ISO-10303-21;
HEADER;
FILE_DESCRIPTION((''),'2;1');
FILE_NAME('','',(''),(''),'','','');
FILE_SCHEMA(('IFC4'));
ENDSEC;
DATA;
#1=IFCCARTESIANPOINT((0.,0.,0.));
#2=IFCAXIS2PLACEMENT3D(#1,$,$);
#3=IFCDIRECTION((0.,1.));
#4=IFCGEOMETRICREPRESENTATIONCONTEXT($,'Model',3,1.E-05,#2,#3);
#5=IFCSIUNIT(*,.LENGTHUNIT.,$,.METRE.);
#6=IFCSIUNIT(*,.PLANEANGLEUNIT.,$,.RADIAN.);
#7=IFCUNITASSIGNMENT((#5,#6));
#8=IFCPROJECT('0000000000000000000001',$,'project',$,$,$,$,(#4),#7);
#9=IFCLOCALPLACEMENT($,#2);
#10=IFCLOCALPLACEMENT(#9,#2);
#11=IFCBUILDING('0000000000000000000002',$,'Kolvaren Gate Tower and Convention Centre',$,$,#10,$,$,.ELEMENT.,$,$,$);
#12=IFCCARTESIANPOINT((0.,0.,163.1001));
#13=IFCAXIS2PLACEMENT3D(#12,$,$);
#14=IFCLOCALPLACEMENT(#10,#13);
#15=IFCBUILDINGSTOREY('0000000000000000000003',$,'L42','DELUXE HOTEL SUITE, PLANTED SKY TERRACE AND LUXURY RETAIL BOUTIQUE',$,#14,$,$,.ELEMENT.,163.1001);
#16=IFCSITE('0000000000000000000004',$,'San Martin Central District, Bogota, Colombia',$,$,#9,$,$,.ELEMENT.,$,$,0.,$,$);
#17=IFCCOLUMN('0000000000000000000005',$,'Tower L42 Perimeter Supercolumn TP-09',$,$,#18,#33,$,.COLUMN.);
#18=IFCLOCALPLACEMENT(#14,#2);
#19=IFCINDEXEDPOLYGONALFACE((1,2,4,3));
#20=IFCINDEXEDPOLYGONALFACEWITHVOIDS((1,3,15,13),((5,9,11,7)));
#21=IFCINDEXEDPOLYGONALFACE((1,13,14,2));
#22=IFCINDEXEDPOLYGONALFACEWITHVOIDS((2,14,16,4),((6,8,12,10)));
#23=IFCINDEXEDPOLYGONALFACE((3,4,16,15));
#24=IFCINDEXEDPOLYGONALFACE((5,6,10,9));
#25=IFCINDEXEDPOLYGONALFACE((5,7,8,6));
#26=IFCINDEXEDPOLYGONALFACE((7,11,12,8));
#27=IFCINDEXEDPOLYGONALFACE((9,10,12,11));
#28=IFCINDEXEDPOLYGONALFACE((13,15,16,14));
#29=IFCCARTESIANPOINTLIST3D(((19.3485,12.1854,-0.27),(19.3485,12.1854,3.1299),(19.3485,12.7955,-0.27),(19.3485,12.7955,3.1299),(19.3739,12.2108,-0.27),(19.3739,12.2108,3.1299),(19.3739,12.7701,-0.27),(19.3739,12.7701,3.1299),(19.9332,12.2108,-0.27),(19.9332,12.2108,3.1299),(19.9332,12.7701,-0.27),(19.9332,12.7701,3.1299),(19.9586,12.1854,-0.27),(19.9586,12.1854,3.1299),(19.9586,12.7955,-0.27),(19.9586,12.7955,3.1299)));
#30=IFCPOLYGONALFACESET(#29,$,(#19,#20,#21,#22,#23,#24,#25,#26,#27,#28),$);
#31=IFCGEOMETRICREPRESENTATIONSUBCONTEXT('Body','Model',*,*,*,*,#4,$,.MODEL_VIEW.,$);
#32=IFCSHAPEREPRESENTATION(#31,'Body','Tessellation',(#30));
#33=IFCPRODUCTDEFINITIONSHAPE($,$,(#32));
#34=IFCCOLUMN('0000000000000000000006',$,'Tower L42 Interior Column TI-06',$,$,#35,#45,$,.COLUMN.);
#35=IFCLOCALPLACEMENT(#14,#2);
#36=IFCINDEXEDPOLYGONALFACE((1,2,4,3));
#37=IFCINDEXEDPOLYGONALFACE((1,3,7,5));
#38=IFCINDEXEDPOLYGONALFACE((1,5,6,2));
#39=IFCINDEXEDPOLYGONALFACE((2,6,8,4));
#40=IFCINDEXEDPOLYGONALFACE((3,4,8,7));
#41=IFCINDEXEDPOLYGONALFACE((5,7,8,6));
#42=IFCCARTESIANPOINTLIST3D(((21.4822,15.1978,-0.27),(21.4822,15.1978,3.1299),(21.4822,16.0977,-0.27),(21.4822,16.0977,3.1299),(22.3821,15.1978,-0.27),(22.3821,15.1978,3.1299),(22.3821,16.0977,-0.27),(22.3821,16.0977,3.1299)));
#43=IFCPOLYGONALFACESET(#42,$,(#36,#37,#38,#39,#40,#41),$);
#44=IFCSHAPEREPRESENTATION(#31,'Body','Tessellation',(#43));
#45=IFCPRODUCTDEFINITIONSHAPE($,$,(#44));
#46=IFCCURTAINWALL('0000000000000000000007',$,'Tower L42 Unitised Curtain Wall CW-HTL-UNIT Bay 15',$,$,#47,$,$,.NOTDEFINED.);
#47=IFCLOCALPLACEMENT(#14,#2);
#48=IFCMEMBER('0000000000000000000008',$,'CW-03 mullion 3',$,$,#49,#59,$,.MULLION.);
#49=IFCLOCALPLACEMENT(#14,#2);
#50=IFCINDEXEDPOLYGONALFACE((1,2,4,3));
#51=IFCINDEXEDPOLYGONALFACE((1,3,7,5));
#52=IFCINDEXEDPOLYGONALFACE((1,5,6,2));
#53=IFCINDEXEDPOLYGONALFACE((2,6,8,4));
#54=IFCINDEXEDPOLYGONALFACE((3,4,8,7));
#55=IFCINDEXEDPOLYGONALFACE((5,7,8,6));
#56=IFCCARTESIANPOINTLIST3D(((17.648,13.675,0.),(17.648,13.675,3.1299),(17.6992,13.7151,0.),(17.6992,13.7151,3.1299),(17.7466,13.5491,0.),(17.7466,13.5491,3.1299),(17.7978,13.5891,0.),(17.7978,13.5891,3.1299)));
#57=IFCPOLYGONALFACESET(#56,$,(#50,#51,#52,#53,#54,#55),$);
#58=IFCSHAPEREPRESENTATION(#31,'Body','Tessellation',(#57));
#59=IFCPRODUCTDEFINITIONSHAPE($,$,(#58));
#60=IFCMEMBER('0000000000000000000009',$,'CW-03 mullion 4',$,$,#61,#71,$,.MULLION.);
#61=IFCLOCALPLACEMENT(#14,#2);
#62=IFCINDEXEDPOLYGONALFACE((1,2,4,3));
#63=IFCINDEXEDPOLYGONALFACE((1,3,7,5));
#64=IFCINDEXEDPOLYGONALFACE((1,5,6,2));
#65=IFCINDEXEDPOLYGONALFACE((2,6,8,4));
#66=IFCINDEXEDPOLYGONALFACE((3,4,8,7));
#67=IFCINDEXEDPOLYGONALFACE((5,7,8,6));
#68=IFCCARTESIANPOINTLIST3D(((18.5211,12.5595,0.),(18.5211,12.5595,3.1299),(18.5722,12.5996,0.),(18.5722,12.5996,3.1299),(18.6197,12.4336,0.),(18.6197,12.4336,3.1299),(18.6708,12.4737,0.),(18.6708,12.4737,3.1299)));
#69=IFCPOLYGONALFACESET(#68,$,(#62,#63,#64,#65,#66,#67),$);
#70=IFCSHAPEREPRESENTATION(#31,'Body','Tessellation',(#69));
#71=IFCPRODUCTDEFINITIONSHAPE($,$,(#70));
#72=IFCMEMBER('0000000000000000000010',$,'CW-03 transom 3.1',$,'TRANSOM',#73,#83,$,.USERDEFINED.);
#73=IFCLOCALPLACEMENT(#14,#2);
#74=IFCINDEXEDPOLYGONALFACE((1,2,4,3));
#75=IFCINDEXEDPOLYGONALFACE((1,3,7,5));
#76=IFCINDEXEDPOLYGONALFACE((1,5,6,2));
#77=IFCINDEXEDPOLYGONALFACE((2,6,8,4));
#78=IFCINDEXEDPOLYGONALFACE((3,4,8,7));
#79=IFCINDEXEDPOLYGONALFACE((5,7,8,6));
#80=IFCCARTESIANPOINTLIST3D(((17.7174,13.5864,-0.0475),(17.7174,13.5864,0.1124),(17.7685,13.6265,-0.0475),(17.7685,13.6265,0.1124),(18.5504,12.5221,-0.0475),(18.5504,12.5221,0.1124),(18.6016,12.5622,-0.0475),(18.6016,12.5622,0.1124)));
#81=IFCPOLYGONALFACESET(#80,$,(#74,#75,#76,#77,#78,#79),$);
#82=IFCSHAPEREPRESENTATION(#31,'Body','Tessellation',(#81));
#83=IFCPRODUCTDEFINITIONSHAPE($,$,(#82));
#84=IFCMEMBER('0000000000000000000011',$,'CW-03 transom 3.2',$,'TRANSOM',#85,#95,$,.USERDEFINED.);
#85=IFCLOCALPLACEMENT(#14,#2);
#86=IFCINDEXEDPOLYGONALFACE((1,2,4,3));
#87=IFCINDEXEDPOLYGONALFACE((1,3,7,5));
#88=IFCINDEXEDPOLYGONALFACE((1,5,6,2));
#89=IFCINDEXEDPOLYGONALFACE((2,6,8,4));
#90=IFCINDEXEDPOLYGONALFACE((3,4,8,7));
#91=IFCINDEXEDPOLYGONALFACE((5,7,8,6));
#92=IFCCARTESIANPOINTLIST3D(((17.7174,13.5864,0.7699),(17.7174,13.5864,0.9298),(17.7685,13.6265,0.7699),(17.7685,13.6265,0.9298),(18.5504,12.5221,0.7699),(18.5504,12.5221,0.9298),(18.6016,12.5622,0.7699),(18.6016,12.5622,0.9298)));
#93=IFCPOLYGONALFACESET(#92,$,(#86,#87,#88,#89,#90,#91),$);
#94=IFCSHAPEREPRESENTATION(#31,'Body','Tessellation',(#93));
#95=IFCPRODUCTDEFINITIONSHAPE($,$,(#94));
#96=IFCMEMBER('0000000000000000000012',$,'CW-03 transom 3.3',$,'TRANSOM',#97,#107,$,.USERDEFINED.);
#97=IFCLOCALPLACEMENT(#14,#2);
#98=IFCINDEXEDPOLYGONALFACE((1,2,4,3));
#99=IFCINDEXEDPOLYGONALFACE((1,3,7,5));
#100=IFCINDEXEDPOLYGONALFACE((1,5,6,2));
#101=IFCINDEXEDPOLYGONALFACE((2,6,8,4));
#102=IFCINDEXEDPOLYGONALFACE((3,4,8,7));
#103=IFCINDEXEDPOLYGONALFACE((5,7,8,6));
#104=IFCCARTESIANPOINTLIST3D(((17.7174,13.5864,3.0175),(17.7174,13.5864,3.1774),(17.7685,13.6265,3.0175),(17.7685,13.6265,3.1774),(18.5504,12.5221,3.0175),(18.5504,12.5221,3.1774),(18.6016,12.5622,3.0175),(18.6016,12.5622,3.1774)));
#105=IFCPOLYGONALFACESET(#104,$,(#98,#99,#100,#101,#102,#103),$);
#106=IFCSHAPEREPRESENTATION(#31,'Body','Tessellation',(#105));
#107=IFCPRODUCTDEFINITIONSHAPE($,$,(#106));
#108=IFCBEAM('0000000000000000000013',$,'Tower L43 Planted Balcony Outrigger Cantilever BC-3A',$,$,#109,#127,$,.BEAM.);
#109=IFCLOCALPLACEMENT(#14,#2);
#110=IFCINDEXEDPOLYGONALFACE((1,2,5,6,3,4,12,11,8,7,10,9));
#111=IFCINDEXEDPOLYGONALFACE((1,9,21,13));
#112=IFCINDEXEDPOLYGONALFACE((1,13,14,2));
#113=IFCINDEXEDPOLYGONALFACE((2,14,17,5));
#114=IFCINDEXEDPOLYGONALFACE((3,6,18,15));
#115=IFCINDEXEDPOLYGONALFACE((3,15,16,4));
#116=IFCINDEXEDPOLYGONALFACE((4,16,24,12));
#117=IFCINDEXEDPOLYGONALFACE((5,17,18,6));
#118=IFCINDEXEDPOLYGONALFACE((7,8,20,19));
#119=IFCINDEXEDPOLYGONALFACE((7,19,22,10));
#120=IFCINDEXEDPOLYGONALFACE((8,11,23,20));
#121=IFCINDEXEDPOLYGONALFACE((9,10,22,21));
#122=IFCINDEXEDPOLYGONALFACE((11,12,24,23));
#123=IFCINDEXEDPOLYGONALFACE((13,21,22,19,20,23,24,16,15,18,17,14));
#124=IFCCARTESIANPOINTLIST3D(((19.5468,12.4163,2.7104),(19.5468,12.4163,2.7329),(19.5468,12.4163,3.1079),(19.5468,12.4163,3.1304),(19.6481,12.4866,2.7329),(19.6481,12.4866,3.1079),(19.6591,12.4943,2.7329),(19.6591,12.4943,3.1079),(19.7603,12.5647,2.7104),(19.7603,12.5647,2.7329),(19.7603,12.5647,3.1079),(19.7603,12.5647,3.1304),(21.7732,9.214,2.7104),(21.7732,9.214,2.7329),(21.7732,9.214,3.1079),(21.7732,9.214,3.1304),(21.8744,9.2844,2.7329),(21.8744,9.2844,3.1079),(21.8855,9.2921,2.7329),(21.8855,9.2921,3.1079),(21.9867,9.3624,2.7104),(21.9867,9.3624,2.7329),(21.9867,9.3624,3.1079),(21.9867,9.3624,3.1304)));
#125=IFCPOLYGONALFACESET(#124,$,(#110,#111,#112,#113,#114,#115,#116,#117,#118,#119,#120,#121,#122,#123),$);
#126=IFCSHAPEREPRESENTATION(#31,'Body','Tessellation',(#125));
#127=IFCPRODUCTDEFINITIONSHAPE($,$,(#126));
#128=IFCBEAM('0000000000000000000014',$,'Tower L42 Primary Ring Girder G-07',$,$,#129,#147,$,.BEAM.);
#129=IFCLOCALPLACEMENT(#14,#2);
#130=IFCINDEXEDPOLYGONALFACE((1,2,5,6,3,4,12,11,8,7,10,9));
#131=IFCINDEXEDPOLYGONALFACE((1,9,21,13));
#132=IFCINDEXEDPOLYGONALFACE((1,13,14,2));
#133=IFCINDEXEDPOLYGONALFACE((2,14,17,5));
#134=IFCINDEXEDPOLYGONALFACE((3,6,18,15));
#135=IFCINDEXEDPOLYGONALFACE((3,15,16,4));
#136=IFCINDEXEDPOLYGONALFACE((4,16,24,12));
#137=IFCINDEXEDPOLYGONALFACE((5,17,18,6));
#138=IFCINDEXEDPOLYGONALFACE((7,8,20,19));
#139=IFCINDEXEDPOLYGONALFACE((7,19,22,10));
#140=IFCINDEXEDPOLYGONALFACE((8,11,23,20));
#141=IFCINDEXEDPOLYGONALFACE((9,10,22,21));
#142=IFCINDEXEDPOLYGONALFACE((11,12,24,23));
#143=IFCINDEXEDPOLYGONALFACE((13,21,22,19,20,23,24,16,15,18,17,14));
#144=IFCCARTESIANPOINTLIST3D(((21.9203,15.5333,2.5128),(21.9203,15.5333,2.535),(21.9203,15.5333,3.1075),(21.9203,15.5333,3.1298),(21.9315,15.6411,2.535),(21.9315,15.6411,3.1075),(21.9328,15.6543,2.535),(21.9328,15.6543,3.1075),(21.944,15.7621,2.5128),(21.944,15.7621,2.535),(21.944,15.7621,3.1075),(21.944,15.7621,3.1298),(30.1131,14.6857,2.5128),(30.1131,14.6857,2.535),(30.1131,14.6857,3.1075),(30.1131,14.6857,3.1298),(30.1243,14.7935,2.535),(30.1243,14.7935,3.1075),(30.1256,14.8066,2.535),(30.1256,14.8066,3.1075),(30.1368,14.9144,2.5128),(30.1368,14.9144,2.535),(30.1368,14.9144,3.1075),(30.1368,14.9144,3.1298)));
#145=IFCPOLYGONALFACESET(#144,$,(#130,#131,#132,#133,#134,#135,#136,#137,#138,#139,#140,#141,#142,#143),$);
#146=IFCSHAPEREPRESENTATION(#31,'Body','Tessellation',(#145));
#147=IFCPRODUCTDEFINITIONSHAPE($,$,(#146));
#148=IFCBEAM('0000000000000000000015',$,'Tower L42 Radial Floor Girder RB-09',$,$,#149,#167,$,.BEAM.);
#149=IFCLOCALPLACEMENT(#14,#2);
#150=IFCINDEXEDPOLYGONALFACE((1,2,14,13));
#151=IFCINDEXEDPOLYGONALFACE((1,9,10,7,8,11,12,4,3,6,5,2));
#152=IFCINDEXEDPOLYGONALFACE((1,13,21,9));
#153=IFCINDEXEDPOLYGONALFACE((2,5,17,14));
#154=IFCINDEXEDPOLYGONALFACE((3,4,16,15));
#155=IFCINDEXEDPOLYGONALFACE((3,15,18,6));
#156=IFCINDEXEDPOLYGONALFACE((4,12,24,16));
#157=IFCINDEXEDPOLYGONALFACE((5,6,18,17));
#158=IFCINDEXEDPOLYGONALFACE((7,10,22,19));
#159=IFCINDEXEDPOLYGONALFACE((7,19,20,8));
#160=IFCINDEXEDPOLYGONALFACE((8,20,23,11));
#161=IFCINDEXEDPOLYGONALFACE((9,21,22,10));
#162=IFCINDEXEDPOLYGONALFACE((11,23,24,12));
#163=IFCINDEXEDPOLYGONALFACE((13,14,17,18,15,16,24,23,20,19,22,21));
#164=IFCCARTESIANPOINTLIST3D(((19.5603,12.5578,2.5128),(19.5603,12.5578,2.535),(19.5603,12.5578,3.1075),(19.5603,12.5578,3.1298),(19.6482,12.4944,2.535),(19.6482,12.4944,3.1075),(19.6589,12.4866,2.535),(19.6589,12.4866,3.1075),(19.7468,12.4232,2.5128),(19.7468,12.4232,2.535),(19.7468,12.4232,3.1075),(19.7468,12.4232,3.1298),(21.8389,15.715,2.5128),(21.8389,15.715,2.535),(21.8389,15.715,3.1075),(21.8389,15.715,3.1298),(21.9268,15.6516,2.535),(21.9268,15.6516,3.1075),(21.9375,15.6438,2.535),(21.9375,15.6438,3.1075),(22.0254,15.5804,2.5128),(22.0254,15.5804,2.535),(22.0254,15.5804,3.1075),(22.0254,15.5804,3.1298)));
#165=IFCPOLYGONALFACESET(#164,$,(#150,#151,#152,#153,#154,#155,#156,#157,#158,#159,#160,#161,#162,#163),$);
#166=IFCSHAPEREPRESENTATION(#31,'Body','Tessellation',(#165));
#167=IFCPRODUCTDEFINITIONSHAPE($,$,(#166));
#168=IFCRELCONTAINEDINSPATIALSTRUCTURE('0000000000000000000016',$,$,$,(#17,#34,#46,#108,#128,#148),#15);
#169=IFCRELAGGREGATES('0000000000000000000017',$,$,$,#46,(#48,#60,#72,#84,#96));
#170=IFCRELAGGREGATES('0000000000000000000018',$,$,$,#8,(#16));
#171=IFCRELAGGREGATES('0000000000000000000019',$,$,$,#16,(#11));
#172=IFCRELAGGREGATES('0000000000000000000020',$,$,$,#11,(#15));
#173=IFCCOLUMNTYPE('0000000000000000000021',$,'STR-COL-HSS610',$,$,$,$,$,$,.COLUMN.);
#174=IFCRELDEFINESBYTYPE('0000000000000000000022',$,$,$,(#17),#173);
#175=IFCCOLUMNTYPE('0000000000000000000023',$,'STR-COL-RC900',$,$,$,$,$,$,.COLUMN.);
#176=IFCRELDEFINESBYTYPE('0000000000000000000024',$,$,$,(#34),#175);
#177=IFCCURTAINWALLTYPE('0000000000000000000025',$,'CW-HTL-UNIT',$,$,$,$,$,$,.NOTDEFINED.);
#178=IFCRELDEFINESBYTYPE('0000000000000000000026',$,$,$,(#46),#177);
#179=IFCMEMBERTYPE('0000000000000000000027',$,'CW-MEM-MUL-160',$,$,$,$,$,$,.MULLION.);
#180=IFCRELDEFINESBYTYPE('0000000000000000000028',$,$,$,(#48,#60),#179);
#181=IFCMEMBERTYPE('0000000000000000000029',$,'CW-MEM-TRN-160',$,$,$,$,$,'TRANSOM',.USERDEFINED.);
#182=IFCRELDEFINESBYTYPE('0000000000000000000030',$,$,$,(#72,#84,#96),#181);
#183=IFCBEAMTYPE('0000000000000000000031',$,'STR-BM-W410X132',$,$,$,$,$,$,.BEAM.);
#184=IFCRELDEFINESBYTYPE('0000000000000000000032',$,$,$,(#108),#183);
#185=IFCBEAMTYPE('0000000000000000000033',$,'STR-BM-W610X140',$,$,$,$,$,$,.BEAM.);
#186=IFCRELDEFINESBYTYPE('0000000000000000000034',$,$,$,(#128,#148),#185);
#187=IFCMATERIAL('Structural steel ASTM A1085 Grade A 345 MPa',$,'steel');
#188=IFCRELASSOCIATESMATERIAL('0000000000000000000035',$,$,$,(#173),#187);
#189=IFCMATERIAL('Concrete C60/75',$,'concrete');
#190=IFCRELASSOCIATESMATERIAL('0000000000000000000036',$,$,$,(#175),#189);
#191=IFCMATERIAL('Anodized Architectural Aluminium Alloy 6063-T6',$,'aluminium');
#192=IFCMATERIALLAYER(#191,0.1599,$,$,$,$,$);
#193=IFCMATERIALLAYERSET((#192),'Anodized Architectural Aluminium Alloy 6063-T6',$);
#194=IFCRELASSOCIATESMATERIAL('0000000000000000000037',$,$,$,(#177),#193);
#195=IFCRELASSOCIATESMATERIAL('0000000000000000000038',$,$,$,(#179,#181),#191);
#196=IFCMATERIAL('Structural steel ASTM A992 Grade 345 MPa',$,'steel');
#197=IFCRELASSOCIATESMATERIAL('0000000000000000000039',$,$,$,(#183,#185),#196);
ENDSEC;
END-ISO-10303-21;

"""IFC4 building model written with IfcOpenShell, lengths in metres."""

from ifc_helpers import new_model, si_unit, direction, frame, origin, origin_2d, place, context, subcontext, project, spatial, rectangle, hollow_rectangle, i_section, extrude, material, layer, layer_set, material_profile, profile_set, type_object, element, aggregate, save


model = new_model("IFC4")

# Units and contexts
model_context = context("Model", 3, precision=1e-05, world=origin(), true_north=direction((0.0, 1.0)))
body_context = subcontext(model_context, "Body", "Model", "MODEL_VIEW")
ifc_project = project(units=[si_unit("LENGTHUNIT", "METRE"), si_unit("PLANEANGLEUNIT", "RADIAN")], contexts=[model_context])

# Site, building, storey
site_placement = place(None, origin())
site = spatial("IfcSite", under=ifc_project, at=site_placement, Name="San Martin Central District, Bogota, Colombia", CompositionType="ELEMENT", RefElevation=0.0)
building_placement = place(site_placement, origin())
building = spatial("IfcBuilding", under=site, at=building_placement, Name="Kolvaren Gate Tower and Convention Centre", CompositionType="ELEMENT")
storey_placement = place(building_placement, frame((0.0, 0.0, 163.1001)))
storey = spatial("IfcBuildingStorey", under=building, at=storey_placement, Name="L42", Description="DELUXE HOTEL SUITE, PLANTED SKY TERRACE AND LUXURY RETAIL BOUTIQUE", CompositionType="ELEMENT", Elevation=163.1001)

# Columns
ifc_material_1 = material(Name="Structural steel ASTM A1085 Grade A 345 MPa", Category="steel")
ifc_material_profile_1 = material_profile(ifc_material_1, hollow_rectangle(XDim=0.6101, YDim=0.6101, WallThickness=0.0254, at=origin_2d()), Name="HSS610X610X25.4")
ifc_profile_set_1 = profile_set([ifc_material_profile_1], Name="Structural steel ASTM A1085 Grade A 345 MPa")
column_type_1 = type_object("IfcColumnType", Name="STR-COL-HSS610", PredefinedType="COLUMN", material=ifc_profile_set_1)
column_1_placement = place(storey_placement, frame((19.6536, 12.4905, -0.27), z_axis=(0.0, 0.0, 1.0), x_axis=(1.0, 0.0, 0.0)))
element("IfcColumn", 1, at=column_1_placement, inside=storey, type_object=column_type_1, Name="Tower L42 Perimeter Supercolumn TP-09", PredefinedType="COLUMN", context=body_context, shape_type="SweptSolid", body=[
    extrude(hollow_rectangle(XDim=0.6101, YDim=0.6101, WallThickness=0.0254, at=origin_2d()), origin(), (0.0, 0.0, 1.0), 3.3999),
])
ifc_material_2 = material(Name="Concrete C60/75", Category="concrete")
ifc_material_profile_2 = material_profile(ifc_material_2, rectangle(XDim=0.8999, YDim=0.8999, at=origin_2d()), Name="RC-COL-900X900")
ifc_profile_set_2 = profile_set([ifc_material_profile_2], Name="Concrete C60/75")
column_type_2 = type_object("IfcColumnType", Name="STR-COL-RC900", PredefinedType="COLUMN", material=ifc_profile_set_2)
column_2_placement = place(storey_placement, frame((21.9321, 15.6477, -0.27), z_axis=(0.0, 0.0, 1.0), x_axis=(1.0, 0.0, 0.0)))
element("IfcColumn", 2, at=column_2_placement, inside=storey, type_object=column_type_2, Name="Tower L42 Interior Column TI-06", PredefinedType="COLUMN", context=body_context, shape_type="SweptSolid", body=[
    extrude(rectangle(XDim=0.8999, YDim=0.8999, at=origin_2d()), origin(), (0.0, 0.0, 1.0), 3.3999),
])

# Curtain wall, members
ifc_material_3 = material(Name="Anodized Architectural Aluminium Alloy 6063-T6", Category="aluminium")
ifc_layer_1 = layer(ifc_material_3, 0.1599)
ifc_layer_set_1 = layer_set([ifc_layer_1], Name="Anodized Architectural Aluminium Alloy 6063-T6")
curtain_wall_type = type_object("IfcCurtainWallType", Name="CW-HTL-UNIT", PredefinedType="NOTDEFINED", material=ifc_layer_set_1)
curtain_wall_placement = place(storey_placement, origin())
curtain_wall = element("IfcCurtainWall", 3, at=curtain_wall_placement, inside=storey, type_object=curtain_wall_type, Name="Tower L42 Unitised Curtain Wall CW-HTL-UNIT Bay 15", PredefinedType="NOTDEFINED")
ifc_material_profile_3 = material_profile(ifc_material_3, rectangle(XDim=0.0649, YDim=0.1599, at=origin_2d()), Name="CW-MEM-MUL-160")
ifc_profile_set_3 = profile_set([ifc_material_profile_3], Name="Anodized Architectural Aluminium Alloy 6063-T6")
member_type_1 = type_object("IfcMemberType", Name="CW-MEM-MUL-160", PredefinedType="MULLION", material=ifc_profile_set_3)
member_1_placement = place(storey_placement, frame((17.7229, 13.6321, 0.0), z_axis=(0.0, 0.0, 1.0), x_axis=(0.787415, 0.616424, 0.0)))
member_1 = element("IfcMember", 4, at=member_1_placement, type_object=member_type_1, Name="CW-03 mullion 3", PredefinedType="MULLION", context=body_context, shape_type="SweptSolid", body=[
    extrude(rectangle(XDim=0.0649, YDim=0.1599, at=origin_2d()), origin(), (0.0, 0.0, 1.0), 3.1299),
])
member_2_placement = place(storey_placement, frame((18.5959, 12.5166, 0.0), z_axis=(0.0, 0.0, 1.0), x_axis=(0.787415, 0.616424, 0.0)))
member_2 = element("IfcMember", 5, at=member_2_placement, type_object=member_type_1, Name="CW-03 mullion 4", PredefinedType="MULLION", context=body_context, shape_type="SweptSolid", body=[
    extrude(rectangle(XDim=0.0649, YDim=0.1599, at=origin_2d()), origin(), (0.0, 0.0, 1.0), 3.1299),
])
ifc_material_profile_4 = material_profile(ifc_material_3, rectangle(XDim=0.0649, YDim=0.1599, at=origin_2d()), Name="CW-MEM-TRN-160")
ifc_profile_set_4 = profile_set([ifc_material_profile_4], Name="Anodized Architectural Aluminium Alloy 6063-T6")
member_type_2 = type_object("IfcMemberType", Name="CW-MEM-TRN-160", ElementType="TRANSOM", PredefinedType="USERDEFINED", material=ifc_profile_set_4)
member_3_placement = place(storey_placement, frame((17.7429, 13.6064, 0.0325), z_axis=(0.616376, -0.787452, 0.0), x_axis=(0.787452, 0.616376, 0.0)))
member_3 = element("IfcMember", 6, at=member_3_placement, type_object=member_type_2, Name="CW-03 transom 3.1", ObjectType="TRANSOM", PredefinedType="USERDEFINED", context=body_context, shape_type="SweptSolid", body=[
    extrude(rectangle(XDim=0.0649, YDim=0.1599, at=origin_2d()), origin(), (0.0, 0.0, 1.0), 1.3516),
])
member_4_placement = place(storey_placement, frame((17.7429, 13.6064, 0.8499), z_axis=(0.616376, -0.787452, 0.0), x_axis=(0.787452, 0.616376, 0.0)))
member_4 = element("IfcMember", 7, at=member_4_placement, type_object=member_type_2, Name="CW-03 transom 3.2", ObjectType="TRANSOM", PredefinedType="USERDEFINED", context=body_context, shape_type="SweptSolid", body=[
    extrude(rectangle(XDim=0.0649, YDim=0.1599, at=origin_2d()), origin(), (0.0, 0.0, 1.0), 1.3516),
])
member_5_placement = place(storey_placement, frame((17.7429, 13.6064, 3.0974), z_axis=(0.616376, -0.787452, 0.0), x_axis=(0.787452, 0.616376, 0.0)))
member_5 = element("IfcMember", 8, at=member_5_placement, type_object=member_type_2, Name="CW-03 transom 3.3", ObjectType="TRANSOM", PredefinedType="USERDEFINED", context=body_context, shape_type="SweptSolid", body=[
    extrude(rectangle(XDim=0.0649, YDim=0.1599, at=origin_2d()), origin(), (0.0, 0.0, 1.0), 1.3516),
])

# Beams
ifc_material_4 = material(Name="Structural steel ASTM A992 Grade 345 MPa", Category="steel")
ifc_material_profile_5 = material_profile(ifc_material_4, i_section(OverallWidth=0.26, OverallDepth=0.4199, WebThickness=0.0134, FlangeThickness=0.0225, at=origin_2d()), Name="W410X132")
ifc_profile_set_5 = profile_set([ifc_material_profile_5], Name="Structural steel ASTM A992 Grade 345 MPa")
beam_type_1 = type_object("IfcBeamType", Name="STR-BM-W410X132", PredefinedType="BEAM", material=ifc_profile_set_5)
beam_1_placement = place(storey_placement, frame((19.6536, 12.4905, 2.9204), z_axis=(0.570846, -0.821057, 0.0), x_axis=(0.821057, 0.570846, 0.0)))
element("IfcBeam", 9, at=beam_1_placement, inside=storey, type_object=beam_type_1, Name="Tower L43 Planted Balcony Outrigger Cantilever BC-3A", PredefinedType="BEAM", context=body_context, shape_type="SweptSolid", body=[
    extrude(i_section(OverallWidth=0.26, OverallDepth=0.4199, WebThickness=0.0134, FlangeThickness=0.0225, at=origin_2d()), origin(), (0.0, 0.0, 1.0), 3.9001),
])
ifc_material_profile_6 = material_profile(ifc_material_4, i_section(OverallWidth=0.23, OverallDepth=0.6169, WebThickness=0.0132, FlangeThickness=0.0222, at=origin_2d()), Name="W610X140")
ifc_profile_set_6 = profile_set([ifc_material_profile_6], Name="Structural steel ASTM A992 Grade 345 MPa")
beam_type_2 = type_object("IfcBeamType", Name="STR-BM-W610X140", PredefinedType="BEAM", material=ifc_profile_set_6)
beam_2_placement = place(storey_placement, frame((21.9321, 15.6477, 2.8213), z_axis=(0.99469, -0.102913, 0.0), x_axis=(0.102913, 0.99469, 0.0)))
element("IfcBeam", 10, at=beam_2_placement, inside=storey, type_object=beam_type_2, Name="Tower L42 Primary Ring Girder G-07", PredefinedType="BEAM", context=body_context, shape_type="SweptSolid", body=[
    extrude(i_section(OverallWidth=0.23, OverallDepth=0.6169, WebThickness=0.0132, FlangeThickness=0.0222, at=origin_2d()), origin(), (0.0, 0.0, 1.0), 8.2366),
])
beam_3_placement = place(storey_placement, frame((21.9321, 15.6477, 2.8213), z_axis=(-0.585211, -0.810881, 0.0), x_axis=(0.810881, -0.585211, 0.0)))
element("IfcBeam", 11, at=beam_3_placement, inside=storey, type_object=beam_type_2, Name="Tower L42 Radial Floor Girder RB-09", PredefinedType="BEAM", context=body_context, shape_type="SweptSolid", body=[
    extrude(i_section(OverallWidth=0.23, OverallDepth=0.6169, WebThickness=0.0132, FlangeThickness=0.0222, at=origin_2d()), origin(), (0.0, 0.0, 1.0), 3.8936),
])

aggregate(curtain_wall, [member_1, member_2, member_3, member_4, member_5])

save(model, "model.ifc")
